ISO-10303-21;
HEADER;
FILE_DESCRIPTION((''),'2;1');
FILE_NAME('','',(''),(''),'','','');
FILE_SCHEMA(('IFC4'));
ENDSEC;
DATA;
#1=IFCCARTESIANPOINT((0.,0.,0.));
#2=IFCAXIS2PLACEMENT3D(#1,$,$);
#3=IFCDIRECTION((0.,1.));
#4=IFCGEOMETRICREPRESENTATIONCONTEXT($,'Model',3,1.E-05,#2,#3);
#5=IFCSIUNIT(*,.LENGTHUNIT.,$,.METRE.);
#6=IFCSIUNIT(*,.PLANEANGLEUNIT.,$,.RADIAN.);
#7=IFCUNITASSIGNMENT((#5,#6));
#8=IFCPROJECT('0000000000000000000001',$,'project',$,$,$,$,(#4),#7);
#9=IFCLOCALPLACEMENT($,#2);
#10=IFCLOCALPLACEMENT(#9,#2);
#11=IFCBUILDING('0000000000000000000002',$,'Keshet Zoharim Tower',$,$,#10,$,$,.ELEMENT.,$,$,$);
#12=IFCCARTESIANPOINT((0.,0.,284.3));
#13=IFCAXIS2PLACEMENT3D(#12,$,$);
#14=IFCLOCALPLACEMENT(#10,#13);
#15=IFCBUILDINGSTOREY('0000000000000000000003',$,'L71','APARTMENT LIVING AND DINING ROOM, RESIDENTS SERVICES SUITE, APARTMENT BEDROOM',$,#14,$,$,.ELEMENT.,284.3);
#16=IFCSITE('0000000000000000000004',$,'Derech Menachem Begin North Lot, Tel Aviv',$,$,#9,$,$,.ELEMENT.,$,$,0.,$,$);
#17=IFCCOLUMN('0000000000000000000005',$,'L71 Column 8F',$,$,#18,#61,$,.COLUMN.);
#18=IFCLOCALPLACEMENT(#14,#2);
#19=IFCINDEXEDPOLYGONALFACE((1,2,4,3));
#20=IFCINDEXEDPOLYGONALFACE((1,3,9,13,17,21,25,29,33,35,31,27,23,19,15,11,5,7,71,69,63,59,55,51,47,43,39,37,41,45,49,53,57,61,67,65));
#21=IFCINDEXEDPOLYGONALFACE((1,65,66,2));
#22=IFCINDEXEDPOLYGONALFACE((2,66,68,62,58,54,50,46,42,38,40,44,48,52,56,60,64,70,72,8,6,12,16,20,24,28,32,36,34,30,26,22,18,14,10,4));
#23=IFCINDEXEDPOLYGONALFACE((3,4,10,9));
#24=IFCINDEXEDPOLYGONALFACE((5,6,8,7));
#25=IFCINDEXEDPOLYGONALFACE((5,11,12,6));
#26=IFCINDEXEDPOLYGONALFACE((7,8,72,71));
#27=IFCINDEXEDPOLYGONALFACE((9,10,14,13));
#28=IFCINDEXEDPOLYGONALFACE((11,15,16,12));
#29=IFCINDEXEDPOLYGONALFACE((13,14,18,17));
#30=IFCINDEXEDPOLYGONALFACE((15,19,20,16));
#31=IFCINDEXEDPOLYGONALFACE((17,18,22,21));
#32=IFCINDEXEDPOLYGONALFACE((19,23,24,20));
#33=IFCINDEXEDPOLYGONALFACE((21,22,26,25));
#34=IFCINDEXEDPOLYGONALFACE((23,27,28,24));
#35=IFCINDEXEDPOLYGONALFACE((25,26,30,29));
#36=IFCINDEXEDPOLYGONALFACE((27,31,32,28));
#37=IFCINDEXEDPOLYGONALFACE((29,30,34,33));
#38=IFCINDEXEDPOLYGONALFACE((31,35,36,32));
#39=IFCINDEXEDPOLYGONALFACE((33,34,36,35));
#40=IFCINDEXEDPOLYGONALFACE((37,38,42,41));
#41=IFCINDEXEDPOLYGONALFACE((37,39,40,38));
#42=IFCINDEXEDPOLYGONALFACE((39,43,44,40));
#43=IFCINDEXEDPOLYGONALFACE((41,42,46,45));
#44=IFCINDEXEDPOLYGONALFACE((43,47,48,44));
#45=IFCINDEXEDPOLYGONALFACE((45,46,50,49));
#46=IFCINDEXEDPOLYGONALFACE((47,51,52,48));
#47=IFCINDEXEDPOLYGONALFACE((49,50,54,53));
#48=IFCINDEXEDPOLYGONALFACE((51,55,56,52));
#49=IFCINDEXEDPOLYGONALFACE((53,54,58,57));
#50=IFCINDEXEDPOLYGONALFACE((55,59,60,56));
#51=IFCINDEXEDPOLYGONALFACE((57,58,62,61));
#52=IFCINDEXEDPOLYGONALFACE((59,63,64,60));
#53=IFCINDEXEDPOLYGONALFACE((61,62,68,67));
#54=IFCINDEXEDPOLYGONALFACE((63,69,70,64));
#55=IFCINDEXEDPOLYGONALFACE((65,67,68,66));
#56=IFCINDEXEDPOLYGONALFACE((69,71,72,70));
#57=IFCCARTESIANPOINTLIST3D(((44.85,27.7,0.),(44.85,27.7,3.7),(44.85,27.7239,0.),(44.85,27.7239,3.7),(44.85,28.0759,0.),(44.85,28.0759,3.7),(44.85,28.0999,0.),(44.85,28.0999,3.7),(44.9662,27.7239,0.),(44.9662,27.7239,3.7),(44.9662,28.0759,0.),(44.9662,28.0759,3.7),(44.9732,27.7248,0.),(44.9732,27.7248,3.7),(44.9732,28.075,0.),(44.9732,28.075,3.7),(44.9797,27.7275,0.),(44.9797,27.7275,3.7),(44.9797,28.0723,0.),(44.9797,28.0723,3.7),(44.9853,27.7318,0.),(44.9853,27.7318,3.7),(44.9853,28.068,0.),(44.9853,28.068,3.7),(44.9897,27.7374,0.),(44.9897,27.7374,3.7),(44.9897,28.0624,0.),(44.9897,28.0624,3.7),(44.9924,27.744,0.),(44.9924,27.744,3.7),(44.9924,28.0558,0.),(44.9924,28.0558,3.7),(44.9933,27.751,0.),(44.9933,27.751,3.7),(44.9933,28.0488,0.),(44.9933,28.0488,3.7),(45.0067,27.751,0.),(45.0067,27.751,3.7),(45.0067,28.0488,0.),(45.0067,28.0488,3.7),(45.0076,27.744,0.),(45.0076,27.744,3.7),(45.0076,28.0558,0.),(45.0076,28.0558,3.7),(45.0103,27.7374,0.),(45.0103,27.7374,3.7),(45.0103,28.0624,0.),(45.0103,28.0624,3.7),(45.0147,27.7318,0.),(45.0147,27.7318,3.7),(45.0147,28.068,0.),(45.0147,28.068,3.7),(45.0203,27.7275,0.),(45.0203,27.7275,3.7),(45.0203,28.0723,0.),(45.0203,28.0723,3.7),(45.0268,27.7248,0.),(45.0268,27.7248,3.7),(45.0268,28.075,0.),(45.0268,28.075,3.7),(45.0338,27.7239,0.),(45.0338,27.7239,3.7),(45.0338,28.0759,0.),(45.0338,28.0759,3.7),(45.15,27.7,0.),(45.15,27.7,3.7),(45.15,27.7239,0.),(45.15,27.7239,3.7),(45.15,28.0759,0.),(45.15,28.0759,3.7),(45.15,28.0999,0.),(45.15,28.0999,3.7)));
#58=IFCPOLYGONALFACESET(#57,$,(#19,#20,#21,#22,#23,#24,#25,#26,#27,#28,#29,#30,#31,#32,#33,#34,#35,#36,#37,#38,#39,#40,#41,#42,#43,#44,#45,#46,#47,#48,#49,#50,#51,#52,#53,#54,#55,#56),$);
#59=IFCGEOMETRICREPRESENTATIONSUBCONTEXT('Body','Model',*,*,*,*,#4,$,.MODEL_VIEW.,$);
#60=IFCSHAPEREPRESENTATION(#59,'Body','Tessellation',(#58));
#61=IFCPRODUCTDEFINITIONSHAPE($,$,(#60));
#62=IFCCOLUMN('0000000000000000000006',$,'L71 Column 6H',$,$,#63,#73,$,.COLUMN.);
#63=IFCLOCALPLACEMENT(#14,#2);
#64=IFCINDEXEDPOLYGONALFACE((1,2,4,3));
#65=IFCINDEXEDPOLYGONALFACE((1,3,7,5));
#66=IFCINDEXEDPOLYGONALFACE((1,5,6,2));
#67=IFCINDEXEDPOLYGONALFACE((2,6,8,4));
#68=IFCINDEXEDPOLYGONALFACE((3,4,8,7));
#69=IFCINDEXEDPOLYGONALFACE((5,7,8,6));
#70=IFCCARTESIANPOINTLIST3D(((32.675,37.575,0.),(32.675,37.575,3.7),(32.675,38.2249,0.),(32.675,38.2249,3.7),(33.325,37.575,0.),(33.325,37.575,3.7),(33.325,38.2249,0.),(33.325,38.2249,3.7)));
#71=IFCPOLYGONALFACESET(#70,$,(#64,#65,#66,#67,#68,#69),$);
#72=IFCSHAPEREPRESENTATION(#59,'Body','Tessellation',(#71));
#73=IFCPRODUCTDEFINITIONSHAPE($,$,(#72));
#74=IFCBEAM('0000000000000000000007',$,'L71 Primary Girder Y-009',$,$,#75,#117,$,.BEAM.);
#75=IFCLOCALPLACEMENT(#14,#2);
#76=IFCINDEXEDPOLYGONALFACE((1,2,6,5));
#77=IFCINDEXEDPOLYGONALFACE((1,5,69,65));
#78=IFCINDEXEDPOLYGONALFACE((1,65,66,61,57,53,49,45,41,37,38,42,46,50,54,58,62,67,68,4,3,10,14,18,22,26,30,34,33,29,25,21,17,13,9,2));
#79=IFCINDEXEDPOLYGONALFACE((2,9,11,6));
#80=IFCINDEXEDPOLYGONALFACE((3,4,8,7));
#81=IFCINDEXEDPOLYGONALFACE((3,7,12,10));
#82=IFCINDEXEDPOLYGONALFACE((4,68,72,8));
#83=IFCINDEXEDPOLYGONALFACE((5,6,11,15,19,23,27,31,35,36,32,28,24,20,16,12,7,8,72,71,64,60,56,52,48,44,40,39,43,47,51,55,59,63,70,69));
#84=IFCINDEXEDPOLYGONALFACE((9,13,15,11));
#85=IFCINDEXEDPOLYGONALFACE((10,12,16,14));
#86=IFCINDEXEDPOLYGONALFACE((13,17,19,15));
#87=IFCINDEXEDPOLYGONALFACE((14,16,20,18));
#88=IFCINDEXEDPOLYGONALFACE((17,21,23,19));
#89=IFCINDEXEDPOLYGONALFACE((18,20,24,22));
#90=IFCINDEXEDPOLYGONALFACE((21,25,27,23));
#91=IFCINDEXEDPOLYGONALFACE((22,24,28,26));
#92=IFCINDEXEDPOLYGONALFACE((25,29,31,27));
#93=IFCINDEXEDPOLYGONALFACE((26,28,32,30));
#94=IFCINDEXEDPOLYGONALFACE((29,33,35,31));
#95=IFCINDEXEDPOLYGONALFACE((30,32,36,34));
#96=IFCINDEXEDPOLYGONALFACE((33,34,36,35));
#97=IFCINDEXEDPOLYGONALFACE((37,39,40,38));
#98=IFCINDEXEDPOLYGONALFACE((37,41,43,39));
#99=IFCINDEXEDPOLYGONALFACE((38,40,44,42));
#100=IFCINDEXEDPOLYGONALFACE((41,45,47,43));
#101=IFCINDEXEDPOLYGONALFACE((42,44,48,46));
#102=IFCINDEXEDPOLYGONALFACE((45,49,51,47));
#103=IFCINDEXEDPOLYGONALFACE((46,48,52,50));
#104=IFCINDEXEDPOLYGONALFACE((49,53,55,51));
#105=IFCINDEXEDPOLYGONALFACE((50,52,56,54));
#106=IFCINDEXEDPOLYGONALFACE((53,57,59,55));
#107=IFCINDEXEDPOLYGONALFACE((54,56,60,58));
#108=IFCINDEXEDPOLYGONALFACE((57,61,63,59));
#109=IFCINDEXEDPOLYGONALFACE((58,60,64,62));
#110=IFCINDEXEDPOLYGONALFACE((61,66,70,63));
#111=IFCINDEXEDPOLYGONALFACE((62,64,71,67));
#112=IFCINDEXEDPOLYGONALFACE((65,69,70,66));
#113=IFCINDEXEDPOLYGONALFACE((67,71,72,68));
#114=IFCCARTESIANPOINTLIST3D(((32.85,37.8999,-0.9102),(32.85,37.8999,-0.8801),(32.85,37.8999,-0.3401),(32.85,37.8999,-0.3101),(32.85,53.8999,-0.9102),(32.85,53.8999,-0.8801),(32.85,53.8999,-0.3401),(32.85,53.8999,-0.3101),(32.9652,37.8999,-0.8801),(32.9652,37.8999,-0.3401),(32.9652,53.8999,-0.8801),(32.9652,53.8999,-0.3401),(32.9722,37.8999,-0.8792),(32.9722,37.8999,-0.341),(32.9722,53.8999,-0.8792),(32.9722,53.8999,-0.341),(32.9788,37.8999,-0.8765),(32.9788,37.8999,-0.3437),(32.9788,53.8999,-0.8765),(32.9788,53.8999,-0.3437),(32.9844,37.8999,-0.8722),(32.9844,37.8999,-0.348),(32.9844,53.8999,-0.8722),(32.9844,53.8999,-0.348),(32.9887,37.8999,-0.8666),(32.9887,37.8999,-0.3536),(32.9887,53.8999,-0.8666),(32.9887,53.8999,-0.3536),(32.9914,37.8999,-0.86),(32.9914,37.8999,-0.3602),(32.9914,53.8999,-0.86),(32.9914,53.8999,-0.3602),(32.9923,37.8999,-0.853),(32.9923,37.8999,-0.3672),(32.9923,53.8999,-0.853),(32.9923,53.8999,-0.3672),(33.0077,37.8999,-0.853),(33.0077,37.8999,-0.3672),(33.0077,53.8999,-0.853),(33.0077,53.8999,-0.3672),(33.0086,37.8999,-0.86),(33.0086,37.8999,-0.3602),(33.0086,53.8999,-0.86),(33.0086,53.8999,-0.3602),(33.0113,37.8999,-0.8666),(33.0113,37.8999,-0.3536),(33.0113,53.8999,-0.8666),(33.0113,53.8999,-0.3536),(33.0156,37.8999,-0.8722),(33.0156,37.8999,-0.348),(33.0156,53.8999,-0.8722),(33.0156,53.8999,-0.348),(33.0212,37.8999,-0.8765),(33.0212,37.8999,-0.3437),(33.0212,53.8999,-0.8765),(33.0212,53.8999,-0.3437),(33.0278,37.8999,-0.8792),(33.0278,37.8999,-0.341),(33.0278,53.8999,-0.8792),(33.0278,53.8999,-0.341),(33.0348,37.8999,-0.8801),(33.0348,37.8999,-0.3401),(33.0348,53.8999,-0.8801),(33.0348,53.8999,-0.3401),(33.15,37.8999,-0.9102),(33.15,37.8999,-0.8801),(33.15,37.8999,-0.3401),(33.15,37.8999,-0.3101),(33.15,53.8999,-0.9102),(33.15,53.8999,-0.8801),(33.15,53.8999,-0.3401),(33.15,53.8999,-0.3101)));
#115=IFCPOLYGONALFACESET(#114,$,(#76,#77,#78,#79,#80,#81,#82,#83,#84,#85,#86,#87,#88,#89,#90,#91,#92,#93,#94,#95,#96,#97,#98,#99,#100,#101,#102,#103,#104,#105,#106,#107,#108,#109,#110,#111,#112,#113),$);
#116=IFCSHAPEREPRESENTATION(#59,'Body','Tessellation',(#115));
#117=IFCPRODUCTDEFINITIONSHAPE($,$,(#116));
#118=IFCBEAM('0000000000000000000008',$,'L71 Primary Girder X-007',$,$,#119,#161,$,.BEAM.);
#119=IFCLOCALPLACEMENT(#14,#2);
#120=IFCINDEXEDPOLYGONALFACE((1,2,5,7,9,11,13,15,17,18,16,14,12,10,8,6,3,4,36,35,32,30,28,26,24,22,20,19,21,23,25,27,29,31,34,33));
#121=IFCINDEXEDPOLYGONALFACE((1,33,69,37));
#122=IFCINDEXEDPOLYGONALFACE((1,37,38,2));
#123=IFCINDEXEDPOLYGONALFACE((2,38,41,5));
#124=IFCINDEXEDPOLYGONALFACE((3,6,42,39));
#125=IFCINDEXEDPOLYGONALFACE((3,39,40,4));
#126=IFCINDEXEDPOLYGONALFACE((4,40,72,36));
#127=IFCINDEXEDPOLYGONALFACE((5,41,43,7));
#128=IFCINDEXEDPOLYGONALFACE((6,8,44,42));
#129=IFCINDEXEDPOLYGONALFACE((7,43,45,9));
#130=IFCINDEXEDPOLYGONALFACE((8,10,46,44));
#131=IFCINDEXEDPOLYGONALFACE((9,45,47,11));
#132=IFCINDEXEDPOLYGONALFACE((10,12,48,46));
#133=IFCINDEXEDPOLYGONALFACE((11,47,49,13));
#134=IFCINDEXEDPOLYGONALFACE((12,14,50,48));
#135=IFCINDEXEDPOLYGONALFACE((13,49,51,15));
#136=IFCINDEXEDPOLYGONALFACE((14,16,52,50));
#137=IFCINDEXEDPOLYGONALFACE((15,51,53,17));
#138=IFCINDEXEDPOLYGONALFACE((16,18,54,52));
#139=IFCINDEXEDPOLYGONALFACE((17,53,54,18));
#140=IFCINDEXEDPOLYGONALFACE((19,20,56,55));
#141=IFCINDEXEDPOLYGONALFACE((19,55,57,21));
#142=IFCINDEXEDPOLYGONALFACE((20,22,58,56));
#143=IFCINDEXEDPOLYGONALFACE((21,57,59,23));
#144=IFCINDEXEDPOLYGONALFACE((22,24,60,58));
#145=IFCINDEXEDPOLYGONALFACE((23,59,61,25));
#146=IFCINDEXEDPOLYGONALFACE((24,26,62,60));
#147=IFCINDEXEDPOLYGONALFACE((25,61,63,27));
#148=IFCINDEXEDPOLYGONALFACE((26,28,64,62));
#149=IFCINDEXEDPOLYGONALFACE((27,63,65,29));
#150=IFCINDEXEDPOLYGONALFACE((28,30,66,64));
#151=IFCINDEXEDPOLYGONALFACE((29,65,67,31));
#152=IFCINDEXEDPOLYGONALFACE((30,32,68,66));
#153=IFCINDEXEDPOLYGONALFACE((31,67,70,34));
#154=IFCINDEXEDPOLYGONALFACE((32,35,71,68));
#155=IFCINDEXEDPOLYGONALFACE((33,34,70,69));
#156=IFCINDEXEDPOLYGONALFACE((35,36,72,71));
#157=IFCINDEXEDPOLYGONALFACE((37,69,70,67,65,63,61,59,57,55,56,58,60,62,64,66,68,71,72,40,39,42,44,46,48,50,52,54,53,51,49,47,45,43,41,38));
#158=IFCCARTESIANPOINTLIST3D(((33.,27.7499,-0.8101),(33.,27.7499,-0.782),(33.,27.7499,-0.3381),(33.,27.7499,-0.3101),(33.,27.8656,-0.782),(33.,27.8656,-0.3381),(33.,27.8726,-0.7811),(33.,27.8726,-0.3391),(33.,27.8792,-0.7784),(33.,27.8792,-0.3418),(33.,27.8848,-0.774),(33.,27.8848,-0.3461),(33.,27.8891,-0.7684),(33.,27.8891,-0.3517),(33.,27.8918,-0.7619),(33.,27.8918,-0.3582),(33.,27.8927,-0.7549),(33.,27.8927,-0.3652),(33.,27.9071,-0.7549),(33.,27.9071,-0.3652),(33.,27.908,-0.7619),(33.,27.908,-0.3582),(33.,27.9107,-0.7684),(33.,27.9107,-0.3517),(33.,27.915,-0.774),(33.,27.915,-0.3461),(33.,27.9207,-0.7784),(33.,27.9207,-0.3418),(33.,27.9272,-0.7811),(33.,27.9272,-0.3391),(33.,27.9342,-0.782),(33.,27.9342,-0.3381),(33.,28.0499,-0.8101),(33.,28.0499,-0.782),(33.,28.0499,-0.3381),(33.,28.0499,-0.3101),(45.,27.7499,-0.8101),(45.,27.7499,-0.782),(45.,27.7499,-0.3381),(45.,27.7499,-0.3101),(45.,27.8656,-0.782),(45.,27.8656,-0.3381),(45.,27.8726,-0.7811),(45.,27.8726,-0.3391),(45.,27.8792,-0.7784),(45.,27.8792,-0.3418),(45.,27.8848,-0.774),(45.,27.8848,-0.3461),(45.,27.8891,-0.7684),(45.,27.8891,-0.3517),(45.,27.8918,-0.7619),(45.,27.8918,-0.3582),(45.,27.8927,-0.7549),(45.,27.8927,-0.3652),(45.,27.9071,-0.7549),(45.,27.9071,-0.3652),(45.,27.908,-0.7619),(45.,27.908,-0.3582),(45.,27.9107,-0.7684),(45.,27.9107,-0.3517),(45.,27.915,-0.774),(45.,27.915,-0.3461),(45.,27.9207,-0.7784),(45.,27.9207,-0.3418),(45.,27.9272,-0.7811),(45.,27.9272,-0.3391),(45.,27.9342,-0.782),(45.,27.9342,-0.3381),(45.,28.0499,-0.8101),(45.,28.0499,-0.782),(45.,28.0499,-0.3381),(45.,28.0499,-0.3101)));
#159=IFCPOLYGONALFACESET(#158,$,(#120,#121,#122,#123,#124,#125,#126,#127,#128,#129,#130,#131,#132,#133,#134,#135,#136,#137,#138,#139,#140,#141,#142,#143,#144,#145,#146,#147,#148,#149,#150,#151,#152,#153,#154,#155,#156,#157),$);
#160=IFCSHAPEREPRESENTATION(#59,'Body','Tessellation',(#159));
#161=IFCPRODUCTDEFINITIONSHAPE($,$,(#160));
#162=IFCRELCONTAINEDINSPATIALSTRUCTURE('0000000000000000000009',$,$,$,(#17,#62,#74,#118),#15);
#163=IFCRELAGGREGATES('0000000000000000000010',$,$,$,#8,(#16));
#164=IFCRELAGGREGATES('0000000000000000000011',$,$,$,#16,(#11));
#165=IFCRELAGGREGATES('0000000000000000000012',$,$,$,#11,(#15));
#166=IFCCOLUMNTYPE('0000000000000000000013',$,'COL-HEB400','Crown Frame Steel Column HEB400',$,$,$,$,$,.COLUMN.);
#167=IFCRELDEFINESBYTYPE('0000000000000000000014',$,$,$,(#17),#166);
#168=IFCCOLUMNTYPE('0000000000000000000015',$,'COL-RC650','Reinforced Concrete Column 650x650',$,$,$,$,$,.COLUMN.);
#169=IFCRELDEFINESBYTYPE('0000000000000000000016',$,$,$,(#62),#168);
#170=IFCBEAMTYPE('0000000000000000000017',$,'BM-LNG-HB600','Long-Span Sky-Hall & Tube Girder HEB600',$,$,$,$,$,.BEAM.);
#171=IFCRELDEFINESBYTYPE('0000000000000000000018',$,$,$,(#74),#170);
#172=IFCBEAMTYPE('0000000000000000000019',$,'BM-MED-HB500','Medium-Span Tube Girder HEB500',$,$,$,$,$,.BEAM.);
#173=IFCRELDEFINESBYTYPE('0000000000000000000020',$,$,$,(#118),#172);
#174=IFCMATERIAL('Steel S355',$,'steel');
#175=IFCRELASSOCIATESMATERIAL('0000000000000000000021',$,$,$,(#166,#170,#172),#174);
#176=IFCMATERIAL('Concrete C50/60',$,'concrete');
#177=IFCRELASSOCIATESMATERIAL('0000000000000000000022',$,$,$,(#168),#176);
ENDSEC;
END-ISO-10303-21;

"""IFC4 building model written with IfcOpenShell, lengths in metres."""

from ifc_helpers import new_model, si_unit, direction, frame, origin, origin_2d, place, context, subcontext, project, spatial, rectangle, i_section, extrude, material, material_profile, profile_set, type_object, element, save


model = new_model("IFC4")

# Units and contexts
model_context = context("Model", 3, precision=1e-05, world=origin(), true_north=direction((0.0, 1.0)))
body_context = subcontext(model_context, "Body", "Model", "MODEL_VIEW")
ifc_project = project(units=[si_unit("LENGTHUNIT", "METRE"), si_unit("PLANEANGLEUNIT", "RADIAN")], contexts=[model_context])

# Site, building, storey
site_placement = place(None, origin())
site = spatial("IfcSite", under=ifc_project, at=site_placement, Name="Derech Menachem Begin North Lot, Tel Aviv", CompositionType="ELEMENT", RefElevation=0.0)
building_placement = place(site_placement, origin())
building = spatial("IfcBuilding", under=site, at=building_placement, Name="Keshet Zoharim Tower", CompositionType="ELEMENT")
storey_placement = place(building_placement, frame((0.0, 0.0, 284.3)))
storey = spatial("IfcBuildingStorey", under=building, at=storey_placement, Name="L71", Description="APARTMENT LIVING AND DINING ROOM, RESIDENTS SERVICES SUITE, APARTMENT BEDROOM", CompositionType="ELEMENT", Elevation=284.3)

# Columns
ifc_material_1 = material(Name="Steel S355", Category="steel")
ifc_material_profile_1 = material_profile(ifc_material_1, i_section(OverallWidth=0.3, OverallDepth=0.3999, WebThickness=0.0134, FlangeThickness=0.0239, FilletRadius=0.0271, at=origin_2d()), Name="HEB400")
ifc_profile_set_1 = profile_set([ifc_material_profile_1], Name="Steel S355")
column_type_1 = type_object("IfcColumnType", Name="COL-HEB400", Description="Crown Frame Steel Column HEB400", PredefinedType="COLUMN", material=ifc_profile_set_1)
column_1_placement = place(storey_placement, frame((45.0, 27.8999, 0.0), z_axis=(0.0, 0.0, 1.0), x_axis=(1.0, 0.0, 0.0)))
element("IfcColumn", 1, at=column_1_placement, inside=storey, type_object=column_type_1, Name="L71 Column 8F", PredefinedType="COLUMN", context=body_context, shape_type="SweptSolid", body=[
    extrude(i_section(OverallWidth=0.3, OverallDepth=0.3999, WebThickness=0.0134, FlangeThickness=0.0239, FilletRadius=0.0271, at=origin_2d()), origin(), (0.0, 0.0, 1.0), 3.7),
])
ifc_material_2 = material(Name="Concrete C50/60", Category="concrete")
ifc_material_profile_2 = material_profile(ifc_material_2, rectangle(XDim=0.6499, YDim=0.6499, at=origin_2d()), Name="RC650x650")
ifc_profile_set_2 = profile_set([ifc_material_profile_2], Name="Concrete C50/60")
column_type_2 = type_object("IfcColumnType", Name="COL-RC650", Description="Reinforced Concrete Column 650x650", PredefinedType="COLUMN", material=ifc_profile_set_2)
column_2_placement = place(storey_placement, frame((33.0, 37.8999, 0.0), z_axis=(0.0, 0.0, 1.0), x_axis=(1.0, 0.0, 0.0)))
element("IfcColumn", 2, at=column_2_placement, inside=storey, type_object=column_type_2, Name="L71 Column 6H", PredefinedType="COLUMN", context=body_context, shape_type="SweptSolid", body=[
    extrude(rectangle(XDim=0.6499, YDim=0.6499, at=origin_2d()), origin(), (0.0, 0.0, 1.0), 3.7),
])

# Beams
ifc_material_profile_3 = material_profile(ifc_material_1, i_section(OverallWidth=0.3, OverallDepth=0.6001, WebThickness=0.0154, FlangeThickness=0.03, FilletRadius=0.0271, at=origin_2d()), Name="HEB600")
ifc_profile_set_3 = profile_set([ifc_material_profile_3], Name="Steel S355")
beam_type_1 = type_object("IfcBeamType", Name="BM-LNG-HB600", Description="Long-Span Sky-Hall & Tube Girder HEB600", PredefinedType="BEAM", material=ifc_profile_set_3)
beam_1_placement = place(storey_placement, frame((33.0, 37.8999, -0.6101), z_axis=(0.0, 1.0, 0.0), x_axis=(-1.0, 0.0, 0.0)))
element("IfcBeam", 3, at=beam_1_placement, inside=storey, type_object=beam_type_1, Name="L71 Primary Girder Y-009", PredefinedType="BEAM", context=body_context, shape_type="SweptSolid", body=[
    extrude(i_section(OverallWidth=0.3, OverallDepth=0.6001, WebThickness=0.0154, FlangeThickness=0.03, FilletRadius=0.0271, at=origin_2d()), origin(), (0.0, 0.0, 1.0), 16.0),
])
ifc_material_profile_4 = material_profile(ifc_material_1, i_section(OverallWidth=0.3, OverallDepth=0.5, WebThickness=0.0144, FlangeThickness=0.0281, FilletRadius=0.0271, at=origin_2d()), Name="HEB500")
ifc_profile_set_4 = profile_set([ifc_material_profile_4], Name="Steel S355")
beam_type_2 = type_object("IfcBeamType", Name="BM-MED-HB500", Description="Medium-Span Tube Girder HEB500", PredefinedType="BEAM", material=ifc_profile_set_4)
beam_2_placement = place(storey_placement, frame((33.0, 27.8999, -0.5601), z_axis=(1.0, 0.0, 0.0), x_axis=(0.0, 1.0, 0.0)))
element("IfcBeam", 4, at=beam_2_placement, inside=storey, type_object=beam_type_2, Name="L71 Primary Girder X-007", PredefinedType="BEAM", context=body_context, shape_type="SweptSolid", body=[
    extrude(i_section(OverallWidth=0.3, OverallDepth=0.5, WebThickness=0.0144, FlangeThickness=0.0281, FilletRadius=0.0271, at=origin_2d()), origin(), (0.0, 0.0, 1.0), 12.0),
])

save(model, "model.ifc")
